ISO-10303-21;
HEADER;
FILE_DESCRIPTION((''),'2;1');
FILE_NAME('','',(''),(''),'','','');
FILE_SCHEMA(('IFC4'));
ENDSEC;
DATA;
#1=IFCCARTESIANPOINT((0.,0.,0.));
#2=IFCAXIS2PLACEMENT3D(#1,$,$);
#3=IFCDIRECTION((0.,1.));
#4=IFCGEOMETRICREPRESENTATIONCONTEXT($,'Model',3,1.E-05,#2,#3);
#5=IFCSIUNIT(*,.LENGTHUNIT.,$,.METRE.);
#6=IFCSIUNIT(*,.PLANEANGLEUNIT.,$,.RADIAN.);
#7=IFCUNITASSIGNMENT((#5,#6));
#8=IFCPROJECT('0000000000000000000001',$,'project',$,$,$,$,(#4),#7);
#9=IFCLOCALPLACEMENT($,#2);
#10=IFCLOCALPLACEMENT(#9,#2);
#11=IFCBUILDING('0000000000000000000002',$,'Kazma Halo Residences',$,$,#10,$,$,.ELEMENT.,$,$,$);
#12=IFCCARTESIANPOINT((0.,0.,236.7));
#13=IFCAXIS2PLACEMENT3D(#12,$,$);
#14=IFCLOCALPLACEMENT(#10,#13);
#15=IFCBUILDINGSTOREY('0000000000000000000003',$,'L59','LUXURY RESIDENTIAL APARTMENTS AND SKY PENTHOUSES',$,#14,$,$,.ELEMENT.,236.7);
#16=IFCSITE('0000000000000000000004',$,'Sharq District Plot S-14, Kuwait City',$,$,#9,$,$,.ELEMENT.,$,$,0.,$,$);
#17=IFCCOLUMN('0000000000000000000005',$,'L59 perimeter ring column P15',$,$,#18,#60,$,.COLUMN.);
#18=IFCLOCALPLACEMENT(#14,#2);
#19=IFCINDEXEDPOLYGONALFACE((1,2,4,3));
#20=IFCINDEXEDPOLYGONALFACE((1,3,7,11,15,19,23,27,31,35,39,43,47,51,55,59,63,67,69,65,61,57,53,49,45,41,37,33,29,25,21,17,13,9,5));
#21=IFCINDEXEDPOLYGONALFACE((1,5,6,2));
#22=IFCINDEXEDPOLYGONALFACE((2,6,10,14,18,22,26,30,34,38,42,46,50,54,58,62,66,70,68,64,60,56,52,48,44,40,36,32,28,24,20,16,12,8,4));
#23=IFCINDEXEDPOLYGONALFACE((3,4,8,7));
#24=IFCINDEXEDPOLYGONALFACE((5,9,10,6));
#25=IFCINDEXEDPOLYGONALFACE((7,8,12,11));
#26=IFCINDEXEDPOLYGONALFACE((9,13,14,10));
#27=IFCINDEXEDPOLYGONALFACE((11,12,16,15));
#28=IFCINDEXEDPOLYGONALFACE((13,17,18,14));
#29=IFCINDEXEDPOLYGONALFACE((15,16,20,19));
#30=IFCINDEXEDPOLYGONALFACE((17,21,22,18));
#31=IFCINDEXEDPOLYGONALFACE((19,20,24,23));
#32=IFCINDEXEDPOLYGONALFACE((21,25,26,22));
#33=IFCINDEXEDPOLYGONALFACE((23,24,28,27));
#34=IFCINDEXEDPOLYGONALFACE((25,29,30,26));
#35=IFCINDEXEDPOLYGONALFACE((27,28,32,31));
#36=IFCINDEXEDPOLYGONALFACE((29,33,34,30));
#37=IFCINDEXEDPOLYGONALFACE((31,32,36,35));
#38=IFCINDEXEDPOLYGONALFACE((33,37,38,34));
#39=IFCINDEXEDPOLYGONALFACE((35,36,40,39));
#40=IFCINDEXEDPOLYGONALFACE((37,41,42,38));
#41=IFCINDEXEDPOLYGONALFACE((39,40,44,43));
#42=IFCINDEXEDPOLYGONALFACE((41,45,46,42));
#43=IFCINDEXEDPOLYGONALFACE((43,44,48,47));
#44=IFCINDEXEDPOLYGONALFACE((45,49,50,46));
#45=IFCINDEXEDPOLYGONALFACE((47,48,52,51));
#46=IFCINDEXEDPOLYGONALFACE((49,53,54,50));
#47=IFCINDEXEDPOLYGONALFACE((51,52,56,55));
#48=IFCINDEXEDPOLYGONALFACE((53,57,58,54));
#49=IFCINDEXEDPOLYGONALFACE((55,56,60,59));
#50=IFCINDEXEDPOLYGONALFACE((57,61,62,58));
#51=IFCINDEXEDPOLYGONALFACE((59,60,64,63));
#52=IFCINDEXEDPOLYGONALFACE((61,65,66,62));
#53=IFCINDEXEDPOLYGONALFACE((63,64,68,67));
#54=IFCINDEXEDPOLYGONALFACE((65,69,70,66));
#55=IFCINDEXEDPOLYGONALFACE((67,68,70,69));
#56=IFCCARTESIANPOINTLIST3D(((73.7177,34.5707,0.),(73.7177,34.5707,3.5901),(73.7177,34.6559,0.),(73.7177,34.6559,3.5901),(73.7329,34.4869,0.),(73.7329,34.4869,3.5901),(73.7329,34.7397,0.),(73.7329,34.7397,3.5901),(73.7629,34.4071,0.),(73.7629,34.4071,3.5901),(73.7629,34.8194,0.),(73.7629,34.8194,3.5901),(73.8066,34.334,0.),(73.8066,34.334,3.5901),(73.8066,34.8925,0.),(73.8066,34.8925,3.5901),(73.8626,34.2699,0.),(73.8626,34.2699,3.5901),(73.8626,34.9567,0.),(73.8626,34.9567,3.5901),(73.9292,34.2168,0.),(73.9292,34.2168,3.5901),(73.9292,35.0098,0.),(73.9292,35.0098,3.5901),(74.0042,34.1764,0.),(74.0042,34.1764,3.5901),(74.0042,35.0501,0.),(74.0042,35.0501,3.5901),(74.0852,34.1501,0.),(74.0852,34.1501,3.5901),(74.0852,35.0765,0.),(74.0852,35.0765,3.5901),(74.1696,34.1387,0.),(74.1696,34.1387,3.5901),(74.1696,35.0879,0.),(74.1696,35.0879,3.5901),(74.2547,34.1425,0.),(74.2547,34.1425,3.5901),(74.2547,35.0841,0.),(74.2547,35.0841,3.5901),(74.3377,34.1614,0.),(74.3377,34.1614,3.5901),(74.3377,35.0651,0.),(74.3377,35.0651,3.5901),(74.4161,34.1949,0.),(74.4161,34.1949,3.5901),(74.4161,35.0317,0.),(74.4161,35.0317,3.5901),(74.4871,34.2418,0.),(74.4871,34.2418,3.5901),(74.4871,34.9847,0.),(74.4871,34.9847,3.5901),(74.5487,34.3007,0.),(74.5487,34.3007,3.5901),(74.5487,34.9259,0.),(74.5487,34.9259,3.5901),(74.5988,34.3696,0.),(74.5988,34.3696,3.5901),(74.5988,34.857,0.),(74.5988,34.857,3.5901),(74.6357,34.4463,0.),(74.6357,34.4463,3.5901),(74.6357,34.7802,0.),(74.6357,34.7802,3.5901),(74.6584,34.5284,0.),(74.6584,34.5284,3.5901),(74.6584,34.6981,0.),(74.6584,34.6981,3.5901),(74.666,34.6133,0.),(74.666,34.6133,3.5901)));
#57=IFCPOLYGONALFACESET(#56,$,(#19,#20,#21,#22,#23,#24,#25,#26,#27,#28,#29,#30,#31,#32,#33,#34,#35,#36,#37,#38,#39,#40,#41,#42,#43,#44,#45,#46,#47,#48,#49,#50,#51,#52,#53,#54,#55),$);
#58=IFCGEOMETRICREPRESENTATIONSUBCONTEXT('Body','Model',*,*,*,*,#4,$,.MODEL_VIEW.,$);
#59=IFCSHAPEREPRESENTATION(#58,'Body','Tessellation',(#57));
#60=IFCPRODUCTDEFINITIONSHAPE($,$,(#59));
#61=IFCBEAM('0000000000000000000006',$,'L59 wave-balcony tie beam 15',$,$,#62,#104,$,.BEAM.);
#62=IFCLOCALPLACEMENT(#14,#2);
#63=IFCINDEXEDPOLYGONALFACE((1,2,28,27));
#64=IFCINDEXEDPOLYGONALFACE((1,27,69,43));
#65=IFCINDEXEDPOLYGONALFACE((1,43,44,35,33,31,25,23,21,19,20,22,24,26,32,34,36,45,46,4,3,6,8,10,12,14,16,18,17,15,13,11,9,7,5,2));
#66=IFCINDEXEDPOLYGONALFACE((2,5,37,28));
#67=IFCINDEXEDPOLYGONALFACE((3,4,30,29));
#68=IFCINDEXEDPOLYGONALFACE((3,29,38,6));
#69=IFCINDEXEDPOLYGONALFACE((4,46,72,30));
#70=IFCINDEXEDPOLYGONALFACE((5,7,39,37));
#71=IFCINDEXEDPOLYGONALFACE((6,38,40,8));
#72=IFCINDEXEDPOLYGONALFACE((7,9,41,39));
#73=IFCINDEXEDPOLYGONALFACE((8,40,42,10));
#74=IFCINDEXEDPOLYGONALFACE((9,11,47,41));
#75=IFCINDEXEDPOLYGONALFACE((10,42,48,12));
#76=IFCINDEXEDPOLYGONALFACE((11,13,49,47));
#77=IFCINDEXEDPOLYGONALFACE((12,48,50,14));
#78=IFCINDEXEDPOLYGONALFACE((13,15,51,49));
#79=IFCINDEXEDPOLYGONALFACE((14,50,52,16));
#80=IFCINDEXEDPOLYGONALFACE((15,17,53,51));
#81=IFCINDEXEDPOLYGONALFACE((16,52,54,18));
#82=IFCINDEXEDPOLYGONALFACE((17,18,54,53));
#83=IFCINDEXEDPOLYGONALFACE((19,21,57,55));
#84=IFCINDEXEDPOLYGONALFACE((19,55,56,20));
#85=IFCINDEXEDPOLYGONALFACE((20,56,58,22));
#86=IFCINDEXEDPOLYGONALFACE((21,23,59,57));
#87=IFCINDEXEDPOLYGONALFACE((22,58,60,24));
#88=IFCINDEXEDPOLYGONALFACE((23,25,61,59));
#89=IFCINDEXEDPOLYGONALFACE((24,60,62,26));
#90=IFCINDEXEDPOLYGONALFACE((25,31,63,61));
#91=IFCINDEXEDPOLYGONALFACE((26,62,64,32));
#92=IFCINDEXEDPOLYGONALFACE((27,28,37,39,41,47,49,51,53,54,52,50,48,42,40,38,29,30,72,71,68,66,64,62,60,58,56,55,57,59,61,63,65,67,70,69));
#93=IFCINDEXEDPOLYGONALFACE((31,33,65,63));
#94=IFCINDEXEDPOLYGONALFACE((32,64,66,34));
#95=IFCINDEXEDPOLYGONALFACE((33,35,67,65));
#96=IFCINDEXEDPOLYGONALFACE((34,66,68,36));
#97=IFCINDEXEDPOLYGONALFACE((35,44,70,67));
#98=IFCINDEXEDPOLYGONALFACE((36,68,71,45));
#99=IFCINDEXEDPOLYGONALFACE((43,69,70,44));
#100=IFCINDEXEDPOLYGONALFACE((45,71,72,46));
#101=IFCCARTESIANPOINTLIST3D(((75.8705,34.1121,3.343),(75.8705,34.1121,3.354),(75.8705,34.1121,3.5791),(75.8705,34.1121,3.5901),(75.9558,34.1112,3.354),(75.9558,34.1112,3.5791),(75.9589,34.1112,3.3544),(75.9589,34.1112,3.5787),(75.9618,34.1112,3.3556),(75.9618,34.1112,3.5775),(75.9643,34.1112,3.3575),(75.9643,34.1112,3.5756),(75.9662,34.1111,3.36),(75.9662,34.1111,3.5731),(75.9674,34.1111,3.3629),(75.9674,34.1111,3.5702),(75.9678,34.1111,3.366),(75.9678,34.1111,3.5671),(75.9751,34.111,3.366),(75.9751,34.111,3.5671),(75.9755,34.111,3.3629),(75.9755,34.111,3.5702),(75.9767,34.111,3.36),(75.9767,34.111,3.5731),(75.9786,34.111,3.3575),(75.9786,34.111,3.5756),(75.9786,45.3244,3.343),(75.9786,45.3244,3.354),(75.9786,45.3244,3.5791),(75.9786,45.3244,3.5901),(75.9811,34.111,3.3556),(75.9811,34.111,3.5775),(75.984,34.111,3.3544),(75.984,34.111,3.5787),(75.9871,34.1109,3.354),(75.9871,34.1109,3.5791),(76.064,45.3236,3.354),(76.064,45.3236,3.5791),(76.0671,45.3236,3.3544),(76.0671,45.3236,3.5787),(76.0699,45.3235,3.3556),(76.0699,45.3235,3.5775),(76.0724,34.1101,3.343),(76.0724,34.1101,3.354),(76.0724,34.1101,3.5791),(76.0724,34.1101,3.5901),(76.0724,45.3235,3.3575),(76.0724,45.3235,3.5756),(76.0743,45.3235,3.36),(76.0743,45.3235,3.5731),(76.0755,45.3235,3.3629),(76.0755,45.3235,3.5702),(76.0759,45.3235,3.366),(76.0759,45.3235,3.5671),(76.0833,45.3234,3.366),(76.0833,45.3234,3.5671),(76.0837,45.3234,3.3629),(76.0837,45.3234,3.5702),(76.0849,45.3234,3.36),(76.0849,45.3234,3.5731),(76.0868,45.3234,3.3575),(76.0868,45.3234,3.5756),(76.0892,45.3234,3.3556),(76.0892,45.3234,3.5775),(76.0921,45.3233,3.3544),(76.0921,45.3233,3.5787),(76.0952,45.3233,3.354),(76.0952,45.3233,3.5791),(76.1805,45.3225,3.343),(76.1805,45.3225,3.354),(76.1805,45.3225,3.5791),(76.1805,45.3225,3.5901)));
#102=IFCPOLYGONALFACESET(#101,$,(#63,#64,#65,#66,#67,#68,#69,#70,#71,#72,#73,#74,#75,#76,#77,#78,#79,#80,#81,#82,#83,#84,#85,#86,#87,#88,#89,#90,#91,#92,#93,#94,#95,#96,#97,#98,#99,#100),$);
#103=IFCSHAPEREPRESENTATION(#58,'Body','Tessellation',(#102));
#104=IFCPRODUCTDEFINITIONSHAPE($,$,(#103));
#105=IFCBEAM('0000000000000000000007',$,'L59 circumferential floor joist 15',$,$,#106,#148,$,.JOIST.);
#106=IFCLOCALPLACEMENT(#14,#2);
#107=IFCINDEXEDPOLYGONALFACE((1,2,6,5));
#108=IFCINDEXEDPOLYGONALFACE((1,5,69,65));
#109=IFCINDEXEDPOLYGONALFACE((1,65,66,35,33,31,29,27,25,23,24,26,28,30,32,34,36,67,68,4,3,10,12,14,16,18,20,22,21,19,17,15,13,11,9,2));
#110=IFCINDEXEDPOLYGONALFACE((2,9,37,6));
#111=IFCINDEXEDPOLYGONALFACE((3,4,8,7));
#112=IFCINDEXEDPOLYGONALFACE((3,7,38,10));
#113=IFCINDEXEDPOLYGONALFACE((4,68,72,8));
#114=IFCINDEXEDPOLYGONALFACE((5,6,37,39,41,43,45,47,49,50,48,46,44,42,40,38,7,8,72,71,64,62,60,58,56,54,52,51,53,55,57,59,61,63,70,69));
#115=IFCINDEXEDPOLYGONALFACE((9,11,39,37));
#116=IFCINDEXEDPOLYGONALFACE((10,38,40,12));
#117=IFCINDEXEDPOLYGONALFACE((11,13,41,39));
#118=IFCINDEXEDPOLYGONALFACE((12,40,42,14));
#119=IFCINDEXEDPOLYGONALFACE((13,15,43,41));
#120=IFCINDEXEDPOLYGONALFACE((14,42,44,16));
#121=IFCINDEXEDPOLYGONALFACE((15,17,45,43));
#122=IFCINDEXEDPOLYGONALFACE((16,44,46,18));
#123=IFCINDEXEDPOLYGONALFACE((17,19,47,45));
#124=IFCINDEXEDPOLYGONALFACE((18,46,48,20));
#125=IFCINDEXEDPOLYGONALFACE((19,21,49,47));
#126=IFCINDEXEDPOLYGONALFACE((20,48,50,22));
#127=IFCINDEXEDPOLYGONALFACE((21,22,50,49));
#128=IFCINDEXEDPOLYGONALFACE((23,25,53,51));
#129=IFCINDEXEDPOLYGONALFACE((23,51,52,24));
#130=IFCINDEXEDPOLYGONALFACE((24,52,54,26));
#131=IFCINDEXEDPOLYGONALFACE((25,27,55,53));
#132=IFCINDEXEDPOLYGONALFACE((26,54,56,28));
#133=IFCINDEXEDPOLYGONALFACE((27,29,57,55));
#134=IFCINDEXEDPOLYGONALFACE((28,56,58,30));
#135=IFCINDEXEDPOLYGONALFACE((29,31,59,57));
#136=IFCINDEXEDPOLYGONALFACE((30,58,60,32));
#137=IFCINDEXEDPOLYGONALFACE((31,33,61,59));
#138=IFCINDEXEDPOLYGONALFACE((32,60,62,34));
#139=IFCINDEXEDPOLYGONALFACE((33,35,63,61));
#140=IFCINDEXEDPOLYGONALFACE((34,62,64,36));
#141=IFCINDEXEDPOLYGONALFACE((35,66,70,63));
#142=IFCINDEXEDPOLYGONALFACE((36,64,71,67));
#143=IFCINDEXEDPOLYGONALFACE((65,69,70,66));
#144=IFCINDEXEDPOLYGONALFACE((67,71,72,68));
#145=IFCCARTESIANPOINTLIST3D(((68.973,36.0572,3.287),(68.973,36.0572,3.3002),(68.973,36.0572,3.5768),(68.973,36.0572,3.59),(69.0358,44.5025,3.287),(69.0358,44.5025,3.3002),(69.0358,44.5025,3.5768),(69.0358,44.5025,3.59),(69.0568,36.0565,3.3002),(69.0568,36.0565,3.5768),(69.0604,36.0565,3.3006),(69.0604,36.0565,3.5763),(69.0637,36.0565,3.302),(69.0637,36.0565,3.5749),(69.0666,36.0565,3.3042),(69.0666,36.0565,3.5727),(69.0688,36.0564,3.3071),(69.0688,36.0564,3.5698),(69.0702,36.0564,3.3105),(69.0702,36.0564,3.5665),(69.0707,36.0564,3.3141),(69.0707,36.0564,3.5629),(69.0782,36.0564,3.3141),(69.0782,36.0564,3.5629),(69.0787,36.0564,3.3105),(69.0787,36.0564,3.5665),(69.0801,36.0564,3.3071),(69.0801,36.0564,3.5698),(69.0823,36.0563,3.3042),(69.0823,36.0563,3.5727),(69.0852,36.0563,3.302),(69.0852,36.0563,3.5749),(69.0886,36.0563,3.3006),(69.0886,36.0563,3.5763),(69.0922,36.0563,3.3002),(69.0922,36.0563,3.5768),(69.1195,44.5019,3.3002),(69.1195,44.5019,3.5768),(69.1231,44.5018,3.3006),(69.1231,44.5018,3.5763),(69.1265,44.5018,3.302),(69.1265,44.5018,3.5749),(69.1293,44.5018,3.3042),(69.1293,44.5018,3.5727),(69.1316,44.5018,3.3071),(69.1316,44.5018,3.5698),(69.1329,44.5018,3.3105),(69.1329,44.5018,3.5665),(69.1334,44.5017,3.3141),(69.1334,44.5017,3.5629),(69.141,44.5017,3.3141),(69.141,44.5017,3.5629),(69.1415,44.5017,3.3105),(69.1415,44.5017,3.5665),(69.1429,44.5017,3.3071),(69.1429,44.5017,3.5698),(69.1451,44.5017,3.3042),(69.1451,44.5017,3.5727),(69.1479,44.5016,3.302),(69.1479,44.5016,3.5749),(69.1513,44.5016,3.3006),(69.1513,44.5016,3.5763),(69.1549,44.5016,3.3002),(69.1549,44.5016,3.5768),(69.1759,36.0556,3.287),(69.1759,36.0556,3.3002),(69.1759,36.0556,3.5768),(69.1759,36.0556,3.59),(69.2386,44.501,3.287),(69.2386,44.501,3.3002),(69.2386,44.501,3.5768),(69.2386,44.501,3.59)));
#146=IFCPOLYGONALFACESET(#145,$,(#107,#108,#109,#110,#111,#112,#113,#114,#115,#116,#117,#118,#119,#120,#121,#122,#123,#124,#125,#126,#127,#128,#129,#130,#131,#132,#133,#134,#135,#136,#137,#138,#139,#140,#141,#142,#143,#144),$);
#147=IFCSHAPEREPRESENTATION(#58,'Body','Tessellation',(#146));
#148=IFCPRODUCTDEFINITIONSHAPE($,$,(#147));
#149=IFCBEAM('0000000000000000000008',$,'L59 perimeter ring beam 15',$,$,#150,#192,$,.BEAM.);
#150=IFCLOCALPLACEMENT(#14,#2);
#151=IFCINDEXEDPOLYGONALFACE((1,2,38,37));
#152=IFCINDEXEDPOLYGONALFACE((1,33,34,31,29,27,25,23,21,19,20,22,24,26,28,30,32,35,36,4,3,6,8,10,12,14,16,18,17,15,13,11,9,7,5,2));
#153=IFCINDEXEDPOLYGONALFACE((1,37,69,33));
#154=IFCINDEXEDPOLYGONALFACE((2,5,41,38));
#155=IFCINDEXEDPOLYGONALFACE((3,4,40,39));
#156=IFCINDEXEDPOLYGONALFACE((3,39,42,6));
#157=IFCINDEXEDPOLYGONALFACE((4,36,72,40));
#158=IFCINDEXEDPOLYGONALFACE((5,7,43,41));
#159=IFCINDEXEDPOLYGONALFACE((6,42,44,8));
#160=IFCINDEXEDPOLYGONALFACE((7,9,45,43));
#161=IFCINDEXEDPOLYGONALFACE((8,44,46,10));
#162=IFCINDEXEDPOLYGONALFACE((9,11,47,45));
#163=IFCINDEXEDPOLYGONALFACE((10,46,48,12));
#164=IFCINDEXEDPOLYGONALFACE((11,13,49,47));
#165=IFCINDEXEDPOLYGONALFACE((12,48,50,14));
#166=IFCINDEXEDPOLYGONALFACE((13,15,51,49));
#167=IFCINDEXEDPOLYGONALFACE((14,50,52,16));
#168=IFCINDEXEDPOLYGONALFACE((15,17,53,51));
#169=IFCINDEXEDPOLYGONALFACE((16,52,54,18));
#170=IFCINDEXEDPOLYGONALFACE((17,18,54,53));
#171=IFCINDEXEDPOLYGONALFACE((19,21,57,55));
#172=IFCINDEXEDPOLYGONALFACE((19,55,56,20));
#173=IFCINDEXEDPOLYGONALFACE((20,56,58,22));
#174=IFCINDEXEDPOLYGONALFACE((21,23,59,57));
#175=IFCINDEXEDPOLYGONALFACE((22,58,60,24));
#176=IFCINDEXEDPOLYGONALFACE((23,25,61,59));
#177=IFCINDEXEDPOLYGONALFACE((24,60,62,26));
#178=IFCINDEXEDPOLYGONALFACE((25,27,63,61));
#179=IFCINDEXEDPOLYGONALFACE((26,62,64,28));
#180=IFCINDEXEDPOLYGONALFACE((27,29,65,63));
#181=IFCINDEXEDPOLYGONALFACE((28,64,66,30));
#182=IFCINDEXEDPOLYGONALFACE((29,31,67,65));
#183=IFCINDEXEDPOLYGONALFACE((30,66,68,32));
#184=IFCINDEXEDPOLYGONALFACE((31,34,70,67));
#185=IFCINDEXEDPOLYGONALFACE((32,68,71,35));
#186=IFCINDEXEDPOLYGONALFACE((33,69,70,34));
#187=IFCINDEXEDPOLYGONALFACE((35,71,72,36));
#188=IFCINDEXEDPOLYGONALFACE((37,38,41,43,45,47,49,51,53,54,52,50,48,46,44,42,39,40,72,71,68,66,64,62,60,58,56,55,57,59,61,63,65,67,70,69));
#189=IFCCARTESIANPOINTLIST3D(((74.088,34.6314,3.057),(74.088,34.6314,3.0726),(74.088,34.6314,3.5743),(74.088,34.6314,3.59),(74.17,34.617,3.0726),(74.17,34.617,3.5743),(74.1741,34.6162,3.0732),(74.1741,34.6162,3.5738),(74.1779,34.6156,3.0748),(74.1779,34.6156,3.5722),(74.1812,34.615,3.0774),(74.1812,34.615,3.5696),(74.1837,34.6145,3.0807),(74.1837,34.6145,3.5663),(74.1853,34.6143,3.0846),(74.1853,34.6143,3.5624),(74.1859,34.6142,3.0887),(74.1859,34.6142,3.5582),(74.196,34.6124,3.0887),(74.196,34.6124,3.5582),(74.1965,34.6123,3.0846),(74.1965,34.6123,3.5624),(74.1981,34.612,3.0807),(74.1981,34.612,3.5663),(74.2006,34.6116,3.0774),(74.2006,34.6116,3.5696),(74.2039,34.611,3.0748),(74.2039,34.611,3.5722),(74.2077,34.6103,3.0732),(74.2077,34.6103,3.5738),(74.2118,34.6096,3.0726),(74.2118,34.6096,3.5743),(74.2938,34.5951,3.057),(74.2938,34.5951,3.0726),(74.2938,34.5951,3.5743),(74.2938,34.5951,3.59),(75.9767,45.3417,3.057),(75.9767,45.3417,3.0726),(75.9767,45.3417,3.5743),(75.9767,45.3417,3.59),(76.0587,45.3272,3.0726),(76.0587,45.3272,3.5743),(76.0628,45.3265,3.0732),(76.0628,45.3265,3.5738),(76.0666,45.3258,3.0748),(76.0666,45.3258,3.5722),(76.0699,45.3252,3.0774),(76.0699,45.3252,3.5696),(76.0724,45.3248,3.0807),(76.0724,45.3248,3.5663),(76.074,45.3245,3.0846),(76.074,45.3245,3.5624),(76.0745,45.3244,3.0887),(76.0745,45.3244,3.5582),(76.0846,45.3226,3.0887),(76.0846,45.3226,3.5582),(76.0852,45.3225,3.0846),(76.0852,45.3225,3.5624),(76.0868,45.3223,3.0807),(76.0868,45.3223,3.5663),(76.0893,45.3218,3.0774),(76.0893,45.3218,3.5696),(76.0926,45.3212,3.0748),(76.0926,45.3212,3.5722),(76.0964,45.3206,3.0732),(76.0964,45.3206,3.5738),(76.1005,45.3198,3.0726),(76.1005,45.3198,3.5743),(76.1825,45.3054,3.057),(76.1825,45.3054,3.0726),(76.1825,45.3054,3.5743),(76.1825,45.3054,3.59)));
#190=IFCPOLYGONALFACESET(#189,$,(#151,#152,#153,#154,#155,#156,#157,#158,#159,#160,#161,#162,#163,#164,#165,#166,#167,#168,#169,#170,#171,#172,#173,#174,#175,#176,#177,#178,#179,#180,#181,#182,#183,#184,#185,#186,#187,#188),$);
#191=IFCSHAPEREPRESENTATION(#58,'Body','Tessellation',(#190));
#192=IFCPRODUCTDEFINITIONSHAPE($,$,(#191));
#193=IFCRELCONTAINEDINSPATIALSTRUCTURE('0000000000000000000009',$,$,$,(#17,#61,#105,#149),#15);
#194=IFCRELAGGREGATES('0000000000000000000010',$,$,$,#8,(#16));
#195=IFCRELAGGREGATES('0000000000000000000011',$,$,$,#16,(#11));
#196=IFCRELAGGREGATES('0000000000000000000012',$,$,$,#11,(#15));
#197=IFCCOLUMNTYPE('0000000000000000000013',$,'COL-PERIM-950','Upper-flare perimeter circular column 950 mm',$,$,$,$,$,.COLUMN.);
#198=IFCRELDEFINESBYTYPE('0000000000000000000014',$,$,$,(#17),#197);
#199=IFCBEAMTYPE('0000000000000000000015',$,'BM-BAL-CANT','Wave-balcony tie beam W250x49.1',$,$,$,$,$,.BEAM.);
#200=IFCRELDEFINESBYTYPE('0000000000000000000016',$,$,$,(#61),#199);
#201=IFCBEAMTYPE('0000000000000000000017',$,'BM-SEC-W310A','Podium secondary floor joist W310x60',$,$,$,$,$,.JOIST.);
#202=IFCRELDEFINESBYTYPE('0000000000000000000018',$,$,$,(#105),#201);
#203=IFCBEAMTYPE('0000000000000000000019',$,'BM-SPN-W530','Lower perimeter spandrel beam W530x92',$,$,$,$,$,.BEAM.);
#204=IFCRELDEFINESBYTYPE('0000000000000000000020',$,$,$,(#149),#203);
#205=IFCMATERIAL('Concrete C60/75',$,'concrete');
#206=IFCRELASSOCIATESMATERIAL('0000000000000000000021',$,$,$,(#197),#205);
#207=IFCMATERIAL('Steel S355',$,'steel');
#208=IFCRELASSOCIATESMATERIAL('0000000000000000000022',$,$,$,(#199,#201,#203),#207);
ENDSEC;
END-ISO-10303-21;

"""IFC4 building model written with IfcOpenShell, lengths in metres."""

from ifc_helpers import new_model, si_unit, direction, frame, origin, origin_2d, place, context, subcontext, project, spatial, circle, i_section, extrude, material, material_profile, profile_set, type_object, element, save


model = new_model("IFC4")

# Units and contexts
model_context = context("Model", 3, precision=1e-05, world=origin(), true_north=direction((0.0, 1.0)))
body_context = subcontext(model_context, "Body", "Model", "MODEL_VIEW")
ifc_project = project(units=[si_unit("LENGTHUNIT", "METRE"), si_unit("PLANEANGLEUNIT", "RADIAN")], contexts=[model_context])

# Site, building, storey
site_placement = place(None, origin())
site = spatial("IfcSite", under=ifc_project, at=site_placement, Name="Sharq District Plot S-14, Kuwait City", CompositionType="ELEMENT", RefElevation=0.0)
building_placement = place(site_placement, origin())
building = spatial("IfcBuilding", under=site, at=building_placement, Name="Kazma Halo Residences", CompositionType="ELEMENT")
storey_placement = place(building_placement, frame((0.0, 0.0, 236.7)))
storey = spatial("IfcBuildingStorey", under=building, at=storey_placement, Name="L59", Description="LUXURY RESIDENTIAL APARTMENTS AND SKY PENTHOUSES", CompositionType="ELEMENT", Elevation=236.7)

# Column
ifc_material_1 = material(Name="Concrete C60/75", Category="concrete")
ifc_material_profile_1 = material_profile(ifc_material_1, circle(Radius=0.4751, at=origin_2d()), Name="CIRC950")
ifc_profile_set_1 = profile_set([ifc_material_profile_1], Name="Concrete C60/75")
column_type = type_object("IfcColumnType", Name="COL-PERIM-950", Description="Upper-flare perimeter circular column 950 mm", PredefinedType="COLUMN", material=ifc_profile_set_1)
column_placement = place(storey_placement, frame((74.1909, 34.6133, 0.0), z_axis=(0.0, 0.0, 1.0), x_axis=(1.0, 0.0, 0.0)))
element("IfcColumn", 1, at=column_placement, inside=storey, type_object=column_type, Name="L59 perimeter ring column P15", PredefinedType="COLUMN", context=body_context, shape_type="SweptSolid", body=[
    extrude(circle(Radius=0.4751, at=origin_2d()), origin(), (0.0, 0.0, 1.0), 3.5901),
])

# Beams
ifc_material_2 = material(Name="Steel S355", Category="steel")
ifc_material_profile_2 = material_profile(ifc_material_2, i_section(OverallWidth=0.2019, OverallDepth=0.2471, WebThickness=0.0073, FlangeThickness=0.011, FilletRadius=0.012, at=origin_2d()), Name="W250x49.1")
ifc_profile_set_2 = profile_set([ifc_material_profile_2], Name="Steel S355")
beam_type_1 = type_object("IfcBeamType", Name="BM-BAL-CANT", Description="Wave-balcony tie beam W250x49.1", PredefinedType="BEAM", material=ifc_profile_set_2)
beam_1_placement = place(storey_placement, frame((75.9714, 34.1111, 3.4666), z_axis=(0.009646, 0.999953, 0.0), x_axis=(-0.999953, 0.009646, 0.0)))
element("IfcBeam", 2, at=beam_1_placement, inside=storey, type_object=beam_type_1, Name="L59 wave-balcony tie beam 15", PredefinedType="BEAM", context=body_context, shape_type="SweptSolid", body=[
    extrude(i_section(OverallWidth=0.2019, OverallDepth=0.2471, WebThickness=0.0073, FlangeThickness=0.011, FilletRadius=0.012, at=origin_2d()), origin(), (0.0, 0.0, 1.0), 11.2129),
])
ifc_material_profile_3 = material_profile(ifc_material_2, i_section(OverallWidth=0.2029, OverallDepth=0.303, WebThickness=0.0076, FlangeThickness=0.0132, FilletRadius=0.0139, at=origin_2d()), Name="W310x60")
ifc_profile_set_3 = profile_set([ifc_material_profile_3], Name="Steel S355")
beam_type_2 = type_object("IfcBeamType", Name="BM-SEC-W310A", Description="Podium secondary floor joist W310x60", PredefinedType="JOIST", material=ifc_profile_set_3)
beam_2_placement = place(storey_placement, frame((69.0745, 36.0564, 3.4385), z_axis=(0.007429, 0.999972, 0.0), x_axis=(-0.999972, 0.007429, 0.0)))
element("IfcBeam", 3, at=beam_2_placement, inside=storey, type_object=beam_type_2, Name="L59 circumferential floor joist 15", PredefinedType="JOIST", context=body_context, shape_type="SweptSolid", body=[
    extrude(i_section(OverallWidth=0.2029, OverallDepth=0.303, WebThickness=0.0076, FlangeThickness=0.0132, FilletRadius=0.0139, at=origin_2d()), origin(), (0.0, 0.0, 1.0), 8.4456),
])
ifc_material_profile_4 = material_profile(ifc_material_2, i_section(OverallWidth=0.209, OverallDepth=0.533, WebThickness=0.0103, FlangeThickness=0.0156, FilletRadius=0.0161, at=origin_2d()), Name="W530x92")
ifc_profile_set_4 = profile_set([ifc_material_profile_4], Name="Steel S355")
beam_type_3 = type_object("IfcBeamType", Name="BM-SPN-W530", Description="Lower perimeter spandrel beam W530x92", PredefinedType="BEAM", material=ifc_profile_set_4)
beam_3_placement = place(storey_placement, frame((74.1909, 34.6133, 3.3235), z_axis=(0.173664, 0.984805, 0.0), x_axis=(-0.984805, 0.173664, 0.0)))
element("IfcBeam", 4, at=beam_3_placement, inside=storey, type_object=beam_type_3, Name="L59 perimeter ring beam 15", PredefinedType="BEAM", context=body_context, shape_type="SweptSolid", body=[
    extrude(i_section(OverallWidth=0.209, OverallDepth=0.533, WebThickness=0.0103, FlangeThickness=0.0156, FilletRadius=0.0161, at=origin_2d()), origin(), (0.0, 0.0, 1.0), 10.8755),
])

save(model, "model.ifc")
